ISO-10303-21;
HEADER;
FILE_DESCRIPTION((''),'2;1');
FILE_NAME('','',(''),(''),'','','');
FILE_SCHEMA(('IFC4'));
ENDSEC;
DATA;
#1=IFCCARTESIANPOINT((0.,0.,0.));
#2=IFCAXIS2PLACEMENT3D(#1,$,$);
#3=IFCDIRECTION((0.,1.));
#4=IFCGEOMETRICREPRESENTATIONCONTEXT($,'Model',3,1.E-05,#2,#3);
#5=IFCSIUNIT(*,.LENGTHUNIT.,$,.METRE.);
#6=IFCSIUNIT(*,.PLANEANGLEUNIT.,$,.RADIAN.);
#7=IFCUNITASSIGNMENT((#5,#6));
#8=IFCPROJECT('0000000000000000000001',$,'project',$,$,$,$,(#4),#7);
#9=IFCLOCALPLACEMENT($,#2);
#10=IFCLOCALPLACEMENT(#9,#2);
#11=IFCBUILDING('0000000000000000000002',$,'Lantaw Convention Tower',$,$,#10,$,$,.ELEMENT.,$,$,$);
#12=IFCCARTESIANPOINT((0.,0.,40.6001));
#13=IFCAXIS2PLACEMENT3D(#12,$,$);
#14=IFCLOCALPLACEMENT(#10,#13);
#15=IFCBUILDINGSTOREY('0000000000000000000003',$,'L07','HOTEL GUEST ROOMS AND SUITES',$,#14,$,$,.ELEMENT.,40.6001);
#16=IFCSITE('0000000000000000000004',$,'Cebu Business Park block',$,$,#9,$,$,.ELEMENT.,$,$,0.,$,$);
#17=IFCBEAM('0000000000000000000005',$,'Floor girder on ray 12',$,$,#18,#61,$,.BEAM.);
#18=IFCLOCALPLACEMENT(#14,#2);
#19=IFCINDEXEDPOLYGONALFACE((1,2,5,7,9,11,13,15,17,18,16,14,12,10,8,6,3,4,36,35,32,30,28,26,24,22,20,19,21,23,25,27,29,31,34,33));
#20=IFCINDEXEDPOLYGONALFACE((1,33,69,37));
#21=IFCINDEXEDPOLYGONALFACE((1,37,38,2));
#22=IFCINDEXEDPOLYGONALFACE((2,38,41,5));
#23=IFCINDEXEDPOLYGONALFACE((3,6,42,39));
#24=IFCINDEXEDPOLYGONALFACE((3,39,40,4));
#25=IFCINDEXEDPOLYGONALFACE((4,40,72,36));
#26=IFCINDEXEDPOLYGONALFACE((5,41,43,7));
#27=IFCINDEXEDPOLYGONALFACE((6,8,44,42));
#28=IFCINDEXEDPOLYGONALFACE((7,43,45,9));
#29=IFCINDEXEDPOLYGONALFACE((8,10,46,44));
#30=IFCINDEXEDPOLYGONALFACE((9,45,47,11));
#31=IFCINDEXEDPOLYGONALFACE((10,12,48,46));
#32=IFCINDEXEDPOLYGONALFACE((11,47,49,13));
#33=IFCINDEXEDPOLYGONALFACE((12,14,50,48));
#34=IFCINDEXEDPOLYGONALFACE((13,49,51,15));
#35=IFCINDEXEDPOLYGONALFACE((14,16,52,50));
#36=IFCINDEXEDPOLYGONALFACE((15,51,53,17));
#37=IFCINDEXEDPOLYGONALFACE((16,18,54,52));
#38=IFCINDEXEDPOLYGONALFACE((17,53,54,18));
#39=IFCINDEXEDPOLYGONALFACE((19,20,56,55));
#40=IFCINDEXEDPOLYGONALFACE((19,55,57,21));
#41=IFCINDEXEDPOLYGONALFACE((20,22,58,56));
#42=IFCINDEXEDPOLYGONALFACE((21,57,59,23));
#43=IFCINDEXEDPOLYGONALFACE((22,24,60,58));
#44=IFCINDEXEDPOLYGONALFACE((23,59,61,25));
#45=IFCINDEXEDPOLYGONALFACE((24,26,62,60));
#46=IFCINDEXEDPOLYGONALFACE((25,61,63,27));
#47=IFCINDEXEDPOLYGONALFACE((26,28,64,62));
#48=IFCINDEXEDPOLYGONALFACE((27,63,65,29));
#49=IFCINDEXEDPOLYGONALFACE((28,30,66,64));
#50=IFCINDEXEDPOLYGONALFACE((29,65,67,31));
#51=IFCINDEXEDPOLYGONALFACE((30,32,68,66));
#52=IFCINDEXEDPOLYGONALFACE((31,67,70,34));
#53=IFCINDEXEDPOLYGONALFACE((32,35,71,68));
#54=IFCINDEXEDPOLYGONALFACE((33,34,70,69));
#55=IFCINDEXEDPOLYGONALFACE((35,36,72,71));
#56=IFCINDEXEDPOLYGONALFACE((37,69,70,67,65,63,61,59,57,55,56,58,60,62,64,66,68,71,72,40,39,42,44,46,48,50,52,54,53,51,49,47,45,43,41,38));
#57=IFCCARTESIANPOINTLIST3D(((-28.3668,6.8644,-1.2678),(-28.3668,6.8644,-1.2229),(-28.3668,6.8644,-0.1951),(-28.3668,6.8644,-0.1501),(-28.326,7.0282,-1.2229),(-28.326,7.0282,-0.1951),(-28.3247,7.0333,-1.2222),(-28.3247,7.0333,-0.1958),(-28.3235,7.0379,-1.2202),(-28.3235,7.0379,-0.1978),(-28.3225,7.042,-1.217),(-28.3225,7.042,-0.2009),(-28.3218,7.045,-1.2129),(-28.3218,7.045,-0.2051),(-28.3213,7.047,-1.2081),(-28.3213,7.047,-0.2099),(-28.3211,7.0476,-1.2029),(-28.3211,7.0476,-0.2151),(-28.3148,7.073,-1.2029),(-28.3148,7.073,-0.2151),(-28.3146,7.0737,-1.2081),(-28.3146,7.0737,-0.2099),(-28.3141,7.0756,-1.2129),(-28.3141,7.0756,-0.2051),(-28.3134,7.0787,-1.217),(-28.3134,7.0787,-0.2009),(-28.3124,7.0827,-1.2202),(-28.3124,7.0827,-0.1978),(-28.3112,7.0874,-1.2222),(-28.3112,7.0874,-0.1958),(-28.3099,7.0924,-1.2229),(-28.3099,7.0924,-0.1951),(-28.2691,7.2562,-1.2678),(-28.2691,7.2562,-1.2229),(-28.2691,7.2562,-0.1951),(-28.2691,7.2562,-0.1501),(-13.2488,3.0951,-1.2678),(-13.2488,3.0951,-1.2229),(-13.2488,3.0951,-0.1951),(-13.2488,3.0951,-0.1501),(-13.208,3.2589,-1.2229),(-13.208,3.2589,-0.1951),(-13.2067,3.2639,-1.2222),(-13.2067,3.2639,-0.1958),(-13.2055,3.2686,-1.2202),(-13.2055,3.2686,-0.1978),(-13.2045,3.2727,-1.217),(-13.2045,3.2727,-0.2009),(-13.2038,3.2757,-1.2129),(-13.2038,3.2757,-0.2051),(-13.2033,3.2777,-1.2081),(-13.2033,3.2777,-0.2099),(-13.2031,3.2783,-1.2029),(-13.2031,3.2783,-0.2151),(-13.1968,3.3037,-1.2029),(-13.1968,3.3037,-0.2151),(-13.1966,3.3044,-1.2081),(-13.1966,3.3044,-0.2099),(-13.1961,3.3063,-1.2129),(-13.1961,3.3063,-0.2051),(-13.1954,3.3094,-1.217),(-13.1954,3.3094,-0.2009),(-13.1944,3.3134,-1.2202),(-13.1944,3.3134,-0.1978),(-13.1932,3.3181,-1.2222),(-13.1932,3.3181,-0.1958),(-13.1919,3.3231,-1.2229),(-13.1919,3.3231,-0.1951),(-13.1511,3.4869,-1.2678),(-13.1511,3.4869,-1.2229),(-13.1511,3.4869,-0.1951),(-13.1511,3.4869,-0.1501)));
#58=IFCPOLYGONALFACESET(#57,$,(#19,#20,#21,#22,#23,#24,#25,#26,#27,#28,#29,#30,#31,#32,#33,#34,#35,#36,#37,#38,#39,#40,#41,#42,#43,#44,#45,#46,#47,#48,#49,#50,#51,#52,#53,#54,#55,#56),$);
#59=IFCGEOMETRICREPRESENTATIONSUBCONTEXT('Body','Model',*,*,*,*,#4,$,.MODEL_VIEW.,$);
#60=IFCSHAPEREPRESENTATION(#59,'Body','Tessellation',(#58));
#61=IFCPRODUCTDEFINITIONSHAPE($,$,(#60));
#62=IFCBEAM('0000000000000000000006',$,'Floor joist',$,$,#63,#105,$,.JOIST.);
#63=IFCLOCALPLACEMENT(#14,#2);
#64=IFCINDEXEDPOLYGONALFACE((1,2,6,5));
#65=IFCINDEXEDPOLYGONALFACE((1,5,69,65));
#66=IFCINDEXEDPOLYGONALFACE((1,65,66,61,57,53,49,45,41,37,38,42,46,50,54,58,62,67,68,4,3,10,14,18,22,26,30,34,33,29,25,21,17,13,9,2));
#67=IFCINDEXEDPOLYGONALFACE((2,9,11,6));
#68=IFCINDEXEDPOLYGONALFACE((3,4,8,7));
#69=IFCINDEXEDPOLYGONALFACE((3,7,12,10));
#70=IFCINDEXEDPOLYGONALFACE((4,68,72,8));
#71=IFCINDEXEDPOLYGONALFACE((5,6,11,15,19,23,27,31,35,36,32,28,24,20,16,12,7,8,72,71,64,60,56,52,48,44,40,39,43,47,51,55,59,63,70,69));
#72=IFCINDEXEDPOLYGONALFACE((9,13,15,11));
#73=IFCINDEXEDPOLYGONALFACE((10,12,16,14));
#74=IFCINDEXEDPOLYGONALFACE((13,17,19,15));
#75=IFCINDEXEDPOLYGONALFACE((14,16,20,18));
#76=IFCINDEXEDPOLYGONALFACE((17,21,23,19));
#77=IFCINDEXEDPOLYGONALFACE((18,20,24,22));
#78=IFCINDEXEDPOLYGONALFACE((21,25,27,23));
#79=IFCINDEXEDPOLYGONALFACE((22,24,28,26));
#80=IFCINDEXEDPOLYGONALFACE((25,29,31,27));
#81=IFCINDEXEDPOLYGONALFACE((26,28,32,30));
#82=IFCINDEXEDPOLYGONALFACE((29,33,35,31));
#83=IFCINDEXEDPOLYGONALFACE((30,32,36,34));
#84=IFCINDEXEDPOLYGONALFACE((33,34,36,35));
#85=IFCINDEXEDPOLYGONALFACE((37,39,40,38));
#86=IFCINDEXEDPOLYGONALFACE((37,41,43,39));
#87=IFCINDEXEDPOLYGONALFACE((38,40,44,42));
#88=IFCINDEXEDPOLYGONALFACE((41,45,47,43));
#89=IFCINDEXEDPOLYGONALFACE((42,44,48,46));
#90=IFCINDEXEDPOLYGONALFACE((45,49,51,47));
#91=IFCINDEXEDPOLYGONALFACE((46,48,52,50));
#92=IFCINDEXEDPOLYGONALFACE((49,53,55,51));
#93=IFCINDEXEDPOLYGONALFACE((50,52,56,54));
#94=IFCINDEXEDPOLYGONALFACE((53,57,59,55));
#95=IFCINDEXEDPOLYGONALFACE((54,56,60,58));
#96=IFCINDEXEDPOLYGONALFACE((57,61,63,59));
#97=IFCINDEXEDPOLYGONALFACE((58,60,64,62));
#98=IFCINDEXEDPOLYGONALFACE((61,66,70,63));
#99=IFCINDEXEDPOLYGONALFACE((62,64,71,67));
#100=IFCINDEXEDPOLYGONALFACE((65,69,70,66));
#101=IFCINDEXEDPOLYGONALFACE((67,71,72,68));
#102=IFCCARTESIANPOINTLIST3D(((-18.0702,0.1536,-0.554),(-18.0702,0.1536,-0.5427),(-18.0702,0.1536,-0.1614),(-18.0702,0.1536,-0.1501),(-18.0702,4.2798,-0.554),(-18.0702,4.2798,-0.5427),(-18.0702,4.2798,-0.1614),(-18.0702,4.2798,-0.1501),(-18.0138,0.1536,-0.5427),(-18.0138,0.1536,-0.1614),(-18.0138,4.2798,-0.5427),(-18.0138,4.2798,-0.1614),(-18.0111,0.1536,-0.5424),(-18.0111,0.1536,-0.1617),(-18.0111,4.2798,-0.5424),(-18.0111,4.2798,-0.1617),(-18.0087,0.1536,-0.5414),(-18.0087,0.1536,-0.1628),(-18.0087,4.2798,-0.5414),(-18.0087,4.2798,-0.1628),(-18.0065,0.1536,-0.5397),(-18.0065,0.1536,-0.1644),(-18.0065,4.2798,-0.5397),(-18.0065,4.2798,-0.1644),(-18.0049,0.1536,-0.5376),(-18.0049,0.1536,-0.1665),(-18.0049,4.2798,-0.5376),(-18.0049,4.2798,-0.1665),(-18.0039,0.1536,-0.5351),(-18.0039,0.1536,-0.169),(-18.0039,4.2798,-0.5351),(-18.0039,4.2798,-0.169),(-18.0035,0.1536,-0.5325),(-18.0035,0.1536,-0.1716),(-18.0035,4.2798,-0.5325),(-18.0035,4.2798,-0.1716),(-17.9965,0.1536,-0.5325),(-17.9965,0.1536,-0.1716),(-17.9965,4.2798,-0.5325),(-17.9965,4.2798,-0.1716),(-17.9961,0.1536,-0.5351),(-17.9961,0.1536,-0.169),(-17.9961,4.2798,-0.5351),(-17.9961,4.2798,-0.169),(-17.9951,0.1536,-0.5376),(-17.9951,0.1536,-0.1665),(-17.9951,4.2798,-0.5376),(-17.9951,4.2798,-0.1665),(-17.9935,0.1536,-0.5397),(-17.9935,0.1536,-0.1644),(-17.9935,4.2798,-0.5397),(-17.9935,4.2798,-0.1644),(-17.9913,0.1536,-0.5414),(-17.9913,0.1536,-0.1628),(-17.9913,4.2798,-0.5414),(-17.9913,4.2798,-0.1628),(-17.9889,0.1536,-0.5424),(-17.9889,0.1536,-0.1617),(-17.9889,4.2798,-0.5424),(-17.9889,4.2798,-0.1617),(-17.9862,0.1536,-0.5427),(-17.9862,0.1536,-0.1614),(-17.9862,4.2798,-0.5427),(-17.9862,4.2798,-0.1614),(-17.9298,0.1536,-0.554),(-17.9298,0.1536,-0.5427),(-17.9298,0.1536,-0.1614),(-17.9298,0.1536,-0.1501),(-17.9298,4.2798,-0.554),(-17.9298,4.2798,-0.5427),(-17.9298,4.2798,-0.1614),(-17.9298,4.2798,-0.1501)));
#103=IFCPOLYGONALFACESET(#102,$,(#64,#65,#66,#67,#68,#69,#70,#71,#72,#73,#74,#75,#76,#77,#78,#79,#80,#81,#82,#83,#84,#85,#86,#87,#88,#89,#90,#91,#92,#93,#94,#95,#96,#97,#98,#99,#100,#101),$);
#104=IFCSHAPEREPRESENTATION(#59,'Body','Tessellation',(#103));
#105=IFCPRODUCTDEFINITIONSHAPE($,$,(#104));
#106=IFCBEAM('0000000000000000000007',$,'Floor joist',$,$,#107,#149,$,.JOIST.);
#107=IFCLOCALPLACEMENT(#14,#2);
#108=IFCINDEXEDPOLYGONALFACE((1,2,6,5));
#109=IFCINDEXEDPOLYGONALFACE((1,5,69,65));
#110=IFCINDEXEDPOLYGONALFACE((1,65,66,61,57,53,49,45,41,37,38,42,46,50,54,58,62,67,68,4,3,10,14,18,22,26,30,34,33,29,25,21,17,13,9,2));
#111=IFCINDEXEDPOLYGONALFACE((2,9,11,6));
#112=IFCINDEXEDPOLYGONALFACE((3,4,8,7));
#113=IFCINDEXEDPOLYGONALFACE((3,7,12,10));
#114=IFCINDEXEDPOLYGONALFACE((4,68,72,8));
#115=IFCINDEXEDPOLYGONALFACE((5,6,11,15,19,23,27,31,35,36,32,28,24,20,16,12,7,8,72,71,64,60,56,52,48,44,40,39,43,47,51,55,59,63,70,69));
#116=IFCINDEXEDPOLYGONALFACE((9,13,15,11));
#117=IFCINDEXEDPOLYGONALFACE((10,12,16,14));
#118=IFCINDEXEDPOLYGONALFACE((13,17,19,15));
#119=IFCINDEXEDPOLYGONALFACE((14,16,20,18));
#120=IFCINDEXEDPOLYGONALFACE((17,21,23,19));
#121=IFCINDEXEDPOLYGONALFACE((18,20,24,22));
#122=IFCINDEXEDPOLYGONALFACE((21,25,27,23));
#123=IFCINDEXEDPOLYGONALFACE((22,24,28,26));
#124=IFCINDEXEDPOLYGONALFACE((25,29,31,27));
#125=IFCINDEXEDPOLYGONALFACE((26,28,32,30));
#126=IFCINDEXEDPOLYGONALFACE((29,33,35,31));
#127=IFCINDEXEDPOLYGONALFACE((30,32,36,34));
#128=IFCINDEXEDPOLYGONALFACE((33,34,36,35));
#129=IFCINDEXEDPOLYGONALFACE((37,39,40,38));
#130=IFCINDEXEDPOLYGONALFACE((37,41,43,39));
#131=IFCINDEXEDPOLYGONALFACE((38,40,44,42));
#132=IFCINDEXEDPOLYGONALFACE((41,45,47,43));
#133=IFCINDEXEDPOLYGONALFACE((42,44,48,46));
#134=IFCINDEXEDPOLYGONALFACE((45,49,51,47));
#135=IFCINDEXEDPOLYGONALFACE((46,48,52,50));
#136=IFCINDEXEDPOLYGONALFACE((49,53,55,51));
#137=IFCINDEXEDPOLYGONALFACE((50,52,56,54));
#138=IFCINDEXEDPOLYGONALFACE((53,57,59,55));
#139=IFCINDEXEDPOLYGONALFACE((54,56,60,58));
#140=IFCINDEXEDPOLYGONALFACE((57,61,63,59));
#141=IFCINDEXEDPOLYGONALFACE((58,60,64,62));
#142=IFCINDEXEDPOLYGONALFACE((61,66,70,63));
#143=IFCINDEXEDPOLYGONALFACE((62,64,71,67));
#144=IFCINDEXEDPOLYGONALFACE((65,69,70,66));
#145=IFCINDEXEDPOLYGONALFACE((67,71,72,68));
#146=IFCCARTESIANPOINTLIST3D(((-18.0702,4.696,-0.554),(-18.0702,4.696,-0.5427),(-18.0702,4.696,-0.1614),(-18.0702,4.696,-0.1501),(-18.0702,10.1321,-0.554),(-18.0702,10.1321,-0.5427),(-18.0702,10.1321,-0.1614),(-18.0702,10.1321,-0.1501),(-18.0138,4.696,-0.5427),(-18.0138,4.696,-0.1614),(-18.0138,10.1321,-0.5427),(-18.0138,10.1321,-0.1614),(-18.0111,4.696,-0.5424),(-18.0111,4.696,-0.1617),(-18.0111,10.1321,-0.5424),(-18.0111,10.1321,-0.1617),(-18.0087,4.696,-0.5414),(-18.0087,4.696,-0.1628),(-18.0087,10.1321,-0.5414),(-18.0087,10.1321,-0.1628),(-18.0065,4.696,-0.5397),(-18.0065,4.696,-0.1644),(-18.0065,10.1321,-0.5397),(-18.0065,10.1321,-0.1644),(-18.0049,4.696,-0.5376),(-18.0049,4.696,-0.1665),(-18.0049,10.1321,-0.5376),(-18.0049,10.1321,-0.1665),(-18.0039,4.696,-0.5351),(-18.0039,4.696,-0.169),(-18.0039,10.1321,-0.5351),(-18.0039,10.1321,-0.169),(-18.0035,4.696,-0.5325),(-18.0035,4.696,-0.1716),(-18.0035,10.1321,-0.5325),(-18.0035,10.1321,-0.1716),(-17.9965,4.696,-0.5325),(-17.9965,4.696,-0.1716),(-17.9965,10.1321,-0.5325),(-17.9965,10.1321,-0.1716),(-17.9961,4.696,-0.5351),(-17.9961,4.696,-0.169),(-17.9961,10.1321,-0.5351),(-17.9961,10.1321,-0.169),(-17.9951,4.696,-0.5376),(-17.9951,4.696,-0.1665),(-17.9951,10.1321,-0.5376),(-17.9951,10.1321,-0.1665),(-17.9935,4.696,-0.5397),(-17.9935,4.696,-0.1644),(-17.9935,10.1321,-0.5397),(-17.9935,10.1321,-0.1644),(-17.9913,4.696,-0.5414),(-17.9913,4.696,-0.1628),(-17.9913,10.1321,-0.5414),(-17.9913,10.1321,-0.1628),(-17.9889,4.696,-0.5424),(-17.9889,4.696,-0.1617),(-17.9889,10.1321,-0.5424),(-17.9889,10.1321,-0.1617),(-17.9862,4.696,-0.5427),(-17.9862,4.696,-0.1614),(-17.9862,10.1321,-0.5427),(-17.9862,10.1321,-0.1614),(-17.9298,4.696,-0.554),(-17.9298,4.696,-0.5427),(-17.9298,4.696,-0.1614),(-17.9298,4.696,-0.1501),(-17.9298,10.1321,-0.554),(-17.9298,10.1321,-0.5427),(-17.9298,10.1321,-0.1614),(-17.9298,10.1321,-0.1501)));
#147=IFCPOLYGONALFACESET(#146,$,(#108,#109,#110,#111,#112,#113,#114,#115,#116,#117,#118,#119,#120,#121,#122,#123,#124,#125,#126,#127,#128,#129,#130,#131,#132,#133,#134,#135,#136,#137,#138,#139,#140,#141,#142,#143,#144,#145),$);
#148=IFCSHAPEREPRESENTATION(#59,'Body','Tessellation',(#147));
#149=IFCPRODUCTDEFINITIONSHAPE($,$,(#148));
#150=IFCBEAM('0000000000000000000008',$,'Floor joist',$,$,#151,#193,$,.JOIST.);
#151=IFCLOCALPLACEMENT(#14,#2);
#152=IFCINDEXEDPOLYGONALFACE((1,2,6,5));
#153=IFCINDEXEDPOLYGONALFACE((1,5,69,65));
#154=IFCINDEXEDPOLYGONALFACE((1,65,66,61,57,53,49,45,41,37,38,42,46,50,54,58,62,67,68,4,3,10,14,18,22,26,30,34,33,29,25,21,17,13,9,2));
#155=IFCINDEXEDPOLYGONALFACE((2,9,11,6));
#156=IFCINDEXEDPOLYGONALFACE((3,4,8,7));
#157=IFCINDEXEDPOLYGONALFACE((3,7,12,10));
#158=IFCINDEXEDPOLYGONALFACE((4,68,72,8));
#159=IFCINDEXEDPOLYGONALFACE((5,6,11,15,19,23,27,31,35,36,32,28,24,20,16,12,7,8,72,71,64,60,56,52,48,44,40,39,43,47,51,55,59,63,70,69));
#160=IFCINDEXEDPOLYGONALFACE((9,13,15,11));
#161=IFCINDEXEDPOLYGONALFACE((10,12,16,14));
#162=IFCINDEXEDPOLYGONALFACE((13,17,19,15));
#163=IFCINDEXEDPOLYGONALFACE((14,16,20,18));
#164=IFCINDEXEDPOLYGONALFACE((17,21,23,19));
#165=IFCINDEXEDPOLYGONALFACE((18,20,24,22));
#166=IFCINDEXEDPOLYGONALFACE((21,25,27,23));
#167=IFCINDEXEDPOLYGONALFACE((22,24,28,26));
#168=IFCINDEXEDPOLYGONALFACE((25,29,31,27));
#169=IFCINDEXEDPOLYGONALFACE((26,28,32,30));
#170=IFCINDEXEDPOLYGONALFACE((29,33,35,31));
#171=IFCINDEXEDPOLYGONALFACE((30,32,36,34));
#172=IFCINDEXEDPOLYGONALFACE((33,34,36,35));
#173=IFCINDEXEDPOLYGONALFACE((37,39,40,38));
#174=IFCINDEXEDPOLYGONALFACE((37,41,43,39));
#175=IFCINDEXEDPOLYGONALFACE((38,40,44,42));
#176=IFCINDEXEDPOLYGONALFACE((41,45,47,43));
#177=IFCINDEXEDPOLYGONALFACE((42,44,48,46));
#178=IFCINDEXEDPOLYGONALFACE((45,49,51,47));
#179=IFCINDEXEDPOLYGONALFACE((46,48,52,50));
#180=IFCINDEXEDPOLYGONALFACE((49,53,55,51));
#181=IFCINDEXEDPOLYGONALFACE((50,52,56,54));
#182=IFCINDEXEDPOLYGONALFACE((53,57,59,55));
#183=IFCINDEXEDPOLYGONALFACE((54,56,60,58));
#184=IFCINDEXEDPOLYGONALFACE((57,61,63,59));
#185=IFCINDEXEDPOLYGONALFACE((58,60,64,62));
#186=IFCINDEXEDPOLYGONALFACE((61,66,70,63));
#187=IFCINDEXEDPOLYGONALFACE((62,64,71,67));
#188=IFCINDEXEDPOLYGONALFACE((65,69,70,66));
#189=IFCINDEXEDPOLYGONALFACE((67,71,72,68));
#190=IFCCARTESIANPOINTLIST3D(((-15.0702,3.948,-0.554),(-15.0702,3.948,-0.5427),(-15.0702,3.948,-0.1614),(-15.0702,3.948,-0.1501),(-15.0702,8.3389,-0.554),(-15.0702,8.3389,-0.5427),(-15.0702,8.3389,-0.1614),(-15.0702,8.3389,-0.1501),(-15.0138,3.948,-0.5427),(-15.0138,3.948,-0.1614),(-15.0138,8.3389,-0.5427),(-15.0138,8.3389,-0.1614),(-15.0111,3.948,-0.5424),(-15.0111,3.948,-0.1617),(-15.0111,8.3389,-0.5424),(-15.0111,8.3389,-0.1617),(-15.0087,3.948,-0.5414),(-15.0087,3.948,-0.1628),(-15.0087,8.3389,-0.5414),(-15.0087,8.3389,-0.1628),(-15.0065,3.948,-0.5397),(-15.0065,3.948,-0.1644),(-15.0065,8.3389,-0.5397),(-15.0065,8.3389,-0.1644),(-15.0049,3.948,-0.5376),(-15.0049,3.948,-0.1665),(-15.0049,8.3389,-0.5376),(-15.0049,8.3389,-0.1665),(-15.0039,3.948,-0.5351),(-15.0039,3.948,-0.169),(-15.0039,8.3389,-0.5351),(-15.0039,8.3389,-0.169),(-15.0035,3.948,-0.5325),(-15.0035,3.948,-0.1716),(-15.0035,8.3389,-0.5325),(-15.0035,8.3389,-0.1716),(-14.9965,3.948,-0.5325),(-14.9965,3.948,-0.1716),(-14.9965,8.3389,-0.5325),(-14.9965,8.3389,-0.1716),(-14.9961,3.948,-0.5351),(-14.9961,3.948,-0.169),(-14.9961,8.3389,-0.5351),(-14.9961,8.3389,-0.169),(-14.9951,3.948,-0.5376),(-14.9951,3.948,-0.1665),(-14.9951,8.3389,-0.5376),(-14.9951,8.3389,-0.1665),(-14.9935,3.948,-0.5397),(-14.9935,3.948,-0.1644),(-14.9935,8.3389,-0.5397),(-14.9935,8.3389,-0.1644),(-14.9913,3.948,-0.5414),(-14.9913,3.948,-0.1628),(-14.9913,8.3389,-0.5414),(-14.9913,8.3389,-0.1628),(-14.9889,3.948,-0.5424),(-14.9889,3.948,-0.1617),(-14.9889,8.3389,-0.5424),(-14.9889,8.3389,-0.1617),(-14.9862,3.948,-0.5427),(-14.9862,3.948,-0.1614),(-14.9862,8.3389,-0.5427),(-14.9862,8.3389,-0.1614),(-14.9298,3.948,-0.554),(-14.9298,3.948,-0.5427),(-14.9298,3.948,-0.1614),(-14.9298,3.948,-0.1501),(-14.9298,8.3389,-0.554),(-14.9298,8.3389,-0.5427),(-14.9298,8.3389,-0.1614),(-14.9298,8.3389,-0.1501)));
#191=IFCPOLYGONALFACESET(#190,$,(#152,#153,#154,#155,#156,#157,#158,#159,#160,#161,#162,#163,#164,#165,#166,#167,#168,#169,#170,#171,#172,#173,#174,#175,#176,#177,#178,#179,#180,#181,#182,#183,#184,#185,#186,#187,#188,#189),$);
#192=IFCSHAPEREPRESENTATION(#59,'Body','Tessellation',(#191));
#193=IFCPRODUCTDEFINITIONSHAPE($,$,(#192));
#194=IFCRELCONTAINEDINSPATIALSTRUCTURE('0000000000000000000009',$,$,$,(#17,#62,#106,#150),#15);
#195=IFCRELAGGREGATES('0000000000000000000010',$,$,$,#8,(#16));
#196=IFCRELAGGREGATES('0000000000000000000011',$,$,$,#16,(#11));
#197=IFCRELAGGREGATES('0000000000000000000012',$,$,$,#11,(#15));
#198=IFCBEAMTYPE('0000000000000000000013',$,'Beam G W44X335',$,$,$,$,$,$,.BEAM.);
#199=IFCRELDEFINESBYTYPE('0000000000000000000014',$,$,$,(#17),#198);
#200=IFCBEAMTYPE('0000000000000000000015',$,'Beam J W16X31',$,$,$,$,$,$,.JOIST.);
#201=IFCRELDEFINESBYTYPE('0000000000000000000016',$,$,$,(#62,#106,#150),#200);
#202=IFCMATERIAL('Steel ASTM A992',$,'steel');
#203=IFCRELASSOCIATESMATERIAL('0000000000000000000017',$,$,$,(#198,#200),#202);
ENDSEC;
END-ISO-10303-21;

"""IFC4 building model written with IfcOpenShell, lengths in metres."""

from ifc_helpers import new_model, si_unit, direction, frame, origin, origin_2d, place, context, subcontext, project, spatial, i_section, extrude, material, material_profile, profile_set, type_object, element, save


model = new_model("IFC4")

# Units and contexts
model_context = context("Model", 3, precision=1e-05, world=origin(), true_north=direction((0.0, 1.0)))
body_context = subcontext(model_context, "Body", "Model", "MODEL_VIEW")
ifc_project = project(units=[si_unit("LENGTHUNIT", "METRE"), si_unit("PLANEANGLEUNIT", "RADIAN")], contexts=[model_context])

# Site, building, storey
site_placement = place(None, origin())
site = spatial("IfcSite", under=ifc_project, at=site_placement, Name="Cebu Business Park block", CompositionType="ELEMENT", RefElevation=0.0)
building_placement = place(site_placement, origin())
building = spatial("IfcBuilding", under=site, at=building_placement, Name="Lantaw Convention Tower", CompositionType="ELEMENT")
storey_placement = place(building_placement, frame((0.0, 0.0, 40.6001)))
storey = spatial("IfcBuildingStorey", under=building, at=storey_placement, Name="L07", Description="HOTEL GUEST ROOMS AND SUITES", CompositionType="ELEMENT", Elevation=40.6001)

# Beams
ifc_material_1 = material(Name="Steel ASTM A992", Category="steel")
ifc_material_profile_1 = material_profile(ifc_material_1, i_section(OverallWidth=0.4038, OverallDepth=1.1177, WebThickness=0.0261, FlangeThickness=0.0449, FilletRadius=0.02, at=origin_2d()), Name="W44X335")
ifc_profile_set_1 = profile_set([ifc_material_profile_1], Name="Steel ASTM A992")
beam_type_1 = type_object("IfcBeamType", Name="Beam G W44X335", PredefinedType="BEAM", material=ifc_profile_set_1)
beam_1_placement = place(storey_placement, frame((-13.2, 3.291, -0.709), z_axis=(-0.970296, 0.24192, 0.0), x_axis=(-0.24192, -0.970296, 0.0)))
element("IfcBeam", 1, at=beam_1_placement, inside=storey, type_object=beam_type_1, Name="Floor girder on ray 12", PredefinedType="BEAM", context=body_context, shape_type="SweptSolid", body=[
    extrude(i_section(OverallWidth=0.4038, OverallDepth=1.1177, WebThickness=0.0261, FlangeThickness=0.0449, FilletRadius=0.02, at=origin_2d()), origin(), (0.0, 0.0, 1.0), 15.5808),
])
ifc_material_profile_2 = material_profile(ifc_material_1, i_section(OverallWidth=0.1404, OverallDepth=0.4038, WebThickness=0.0071, FlangeThickness=0.0112, FilletRadius=0.0103, at=origin_2d()), Name="W16X31")
ifc_profile_set_2 = profile_set([ifc_material_profile_2], Name="Steel ASTM A992")
beam_type_2 = type_object("IfcBeamType", Name="Beam J W16X31", PredefinedType="JOIST", material=ifc_profile_set_2)
beam_2_placement = place(storey_placement, frame((-18.0, 0.1536, -0.3521), z_axis=(0.0, 1.0, 0.0), x_axis=(-1.0, 0.0, 0.0)))
element("IfcBeam", 2, at=beam_2_placement, inside=storey, type_object=beam_type_2, Name="Floor joist", PredefinedType="JOIST", context=body_context, shape_type="SweptSolid", body=[
    extrude(i_section(OverallWidth=0.1404, OverallDepth=0.4038, WebThickness=0.0071, FlangeThickness=0.0112, FilletRadius=0.0103, at=origin_2d()), origin(), (0.0, 0.0, 1.0), 4.1262),
])
beam_3_placement = place(storey_placement, frame((-18.0, 4.696, -0.3521), z_axis=(0.0, 1.0, 0.0), x_axis=(-1.0, 0.0, 0.0)))
element("IfcBeam", 3, at=beam_3_placement, inside=storey, type_object=beam_type_2, Name="Floor joist", PredefinedType="JOIST", context=body_context, shape_type="SweptSolid", body=[
    extrude(i_section(OverallWidth=0.1404, OverallDepth=0.4038, WebThickness=0.0071, FlangeThickness=0.0112, FilletRadius=0.0103, at=origin_2d()), origin(), (0.0, 0.0, 1.0), 5.436),
])
beam_4_placement = place(storey_placement, frame((-15.0, 3.948, -0.3521), z_axis=(0.0, 1.0, 0.0), x_axis=(-1.0, 0.0, 0.0)))
element("IfcBeam", 4, at=beam_4_placement, inside=storey, type_object=beam_type_2, Name="Floor joist", PredefinedType="JOIST", context=body_context, shape_type="SweptSolid", body=[
    extrude(i_section(OverallWidth=0.1404, OverallDepth=0.4038, WebThickness=0.0071, FlangeThickness=0.0112, FilletRadius=0.0103, at=origin_2d()), origin(), (0.0, 0.0, 1.0), 4.3909),
])

save(model, "model.ifc")
